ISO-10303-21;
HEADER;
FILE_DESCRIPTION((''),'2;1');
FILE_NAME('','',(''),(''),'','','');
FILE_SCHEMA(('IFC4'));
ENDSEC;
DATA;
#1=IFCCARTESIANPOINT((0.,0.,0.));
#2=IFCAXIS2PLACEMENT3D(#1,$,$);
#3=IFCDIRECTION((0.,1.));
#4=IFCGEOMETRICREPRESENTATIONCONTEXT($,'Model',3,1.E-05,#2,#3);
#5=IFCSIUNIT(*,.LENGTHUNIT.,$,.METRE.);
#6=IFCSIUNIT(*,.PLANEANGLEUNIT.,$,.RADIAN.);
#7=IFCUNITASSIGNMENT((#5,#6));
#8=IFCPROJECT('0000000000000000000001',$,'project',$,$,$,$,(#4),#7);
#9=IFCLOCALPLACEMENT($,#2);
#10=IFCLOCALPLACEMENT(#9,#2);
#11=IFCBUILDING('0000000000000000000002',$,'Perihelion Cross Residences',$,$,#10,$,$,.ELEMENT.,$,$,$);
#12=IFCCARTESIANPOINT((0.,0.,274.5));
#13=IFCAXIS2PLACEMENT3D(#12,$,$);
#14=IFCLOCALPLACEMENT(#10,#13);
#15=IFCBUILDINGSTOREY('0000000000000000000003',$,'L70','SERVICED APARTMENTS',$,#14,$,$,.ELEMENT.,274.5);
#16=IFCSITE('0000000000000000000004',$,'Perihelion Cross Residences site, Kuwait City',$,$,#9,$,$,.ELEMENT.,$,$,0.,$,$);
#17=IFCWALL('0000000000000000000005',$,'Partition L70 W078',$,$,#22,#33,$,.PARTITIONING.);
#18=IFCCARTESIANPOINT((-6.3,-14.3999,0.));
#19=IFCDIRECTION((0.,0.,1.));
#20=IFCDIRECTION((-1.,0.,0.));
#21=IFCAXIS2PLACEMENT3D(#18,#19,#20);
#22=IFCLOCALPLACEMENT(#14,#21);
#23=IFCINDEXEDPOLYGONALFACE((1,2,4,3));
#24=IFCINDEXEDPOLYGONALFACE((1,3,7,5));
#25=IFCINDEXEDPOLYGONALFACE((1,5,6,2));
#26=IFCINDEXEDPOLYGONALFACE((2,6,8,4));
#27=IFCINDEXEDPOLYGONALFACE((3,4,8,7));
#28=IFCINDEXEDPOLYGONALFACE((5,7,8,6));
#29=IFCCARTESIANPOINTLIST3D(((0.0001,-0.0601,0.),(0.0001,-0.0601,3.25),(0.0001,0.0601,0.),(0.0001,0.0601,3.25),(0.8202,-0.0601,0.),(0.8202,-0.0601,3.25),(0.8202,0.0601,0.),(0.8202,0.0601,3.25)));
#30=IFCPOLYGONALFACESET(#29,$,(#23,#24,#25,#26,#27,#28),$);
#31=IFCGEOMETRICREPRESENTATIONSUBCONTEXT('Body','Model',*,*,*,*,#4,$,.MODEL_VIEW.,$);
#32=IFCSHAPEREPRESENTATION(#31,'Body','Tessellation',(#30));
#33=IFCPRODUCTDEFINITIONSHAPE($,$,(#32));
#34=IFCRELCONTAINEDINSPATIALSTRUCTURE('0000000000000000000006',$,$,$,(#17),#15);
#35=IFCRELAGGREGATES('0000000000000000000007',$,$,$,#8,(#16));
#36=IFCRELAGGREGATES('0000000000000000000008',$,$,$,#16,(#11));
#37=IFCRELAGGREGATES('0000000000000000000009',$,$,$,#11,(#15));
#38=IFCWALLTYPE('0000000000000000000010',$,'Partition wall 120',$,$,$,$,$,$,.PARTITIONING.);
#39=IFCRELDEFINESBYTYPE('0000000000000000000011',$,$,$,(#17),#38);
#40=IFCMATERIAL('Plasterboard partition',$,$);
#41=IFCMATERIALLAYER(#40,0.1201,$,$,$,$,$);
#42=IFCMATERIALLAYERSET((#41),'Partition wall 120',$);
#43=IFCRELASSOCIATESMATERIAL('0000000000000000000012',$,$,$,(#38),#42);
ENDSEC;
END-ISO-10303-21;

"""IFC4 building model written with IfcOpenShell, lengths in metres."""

from ifc_helpers import new_model, si_unit, direction, frame, frame_2d, origin, place, context, subcontext, project, spatial, rectangle, extrude, material, layer, layer_set, type_object, element, save


model = new_model("IFC4")

# Units and contexts
model_context = context("Model", 3, precision=1e-05, world=origin(), true_north=direction((0.0, 1.0)))
body_context = subcontext(model_context, "Body", "Model", "MODEL_VIEW")
ifc_project = project(units=[si_unit("LENGTHUNIT", "METRE"), si_unit("PLANEANGLEUNIT", "RADIAN")], contexts=[model_context])

# Site, building, storey
site_placement = place(None, origin())
site = spatial("IfcSite", under=ifc_project, at=site_placement, Name="Perihelion Cross Residences site, Kuwait City", CompositionType="ELEMENT", RefElevation=0.0)
building_placement = place(site_placement, origin())
building = spatial("IfcBuilding", under=site, at=building_placement, Name="Perihelion Cross Residences", CompositionType="ELEMENT")
storey_placement = place(building_placement, frame((0.0, 0.0, 274.5)))
storey = spatial("IfcBuildingStorey", under=building, at=storey_placement, Name="L70", Description="SERVICED APARTMENTS", CompositionType="ELEMENT", Elevation=274.5)

# Wall
ifc_material_1 = material(Name="Plasterboard partition")
ifc_layer_1 = layer(ifc_material_1, 0.1201)
ifc_layer_set_1 = layer_set([ifc_layer_1], Name="Partition wall 120")
wall_type_1 = type_object("IfcWallType", Name="Partition wall 120", PredefinedType="PARTITIONING", material=ifc_layer_set_1)
wall_1_placement = place(storey_placement, frame((-6.3, -14.3999, 0.0), z_axis=(0.0, 0.0, 1.0), x_axis=(-1.0, 0.0, 0.0)))
element("IfcWall", 1, at=wall_1_placement, inside=storey, type_object=wall_type_1, Name="Partition L70 W078", PredefinedType="PARTITIONING", context=body_context, shape_type="SweptSolid", body=[
    extrude(rectangle(XDim=0.8201, YDim=0.1201, at=frame_2d((0.4102, 0.0))), origin(), (0.0, 0.0, 1.0), 3.25),
])

save(model, "model.ifc")
